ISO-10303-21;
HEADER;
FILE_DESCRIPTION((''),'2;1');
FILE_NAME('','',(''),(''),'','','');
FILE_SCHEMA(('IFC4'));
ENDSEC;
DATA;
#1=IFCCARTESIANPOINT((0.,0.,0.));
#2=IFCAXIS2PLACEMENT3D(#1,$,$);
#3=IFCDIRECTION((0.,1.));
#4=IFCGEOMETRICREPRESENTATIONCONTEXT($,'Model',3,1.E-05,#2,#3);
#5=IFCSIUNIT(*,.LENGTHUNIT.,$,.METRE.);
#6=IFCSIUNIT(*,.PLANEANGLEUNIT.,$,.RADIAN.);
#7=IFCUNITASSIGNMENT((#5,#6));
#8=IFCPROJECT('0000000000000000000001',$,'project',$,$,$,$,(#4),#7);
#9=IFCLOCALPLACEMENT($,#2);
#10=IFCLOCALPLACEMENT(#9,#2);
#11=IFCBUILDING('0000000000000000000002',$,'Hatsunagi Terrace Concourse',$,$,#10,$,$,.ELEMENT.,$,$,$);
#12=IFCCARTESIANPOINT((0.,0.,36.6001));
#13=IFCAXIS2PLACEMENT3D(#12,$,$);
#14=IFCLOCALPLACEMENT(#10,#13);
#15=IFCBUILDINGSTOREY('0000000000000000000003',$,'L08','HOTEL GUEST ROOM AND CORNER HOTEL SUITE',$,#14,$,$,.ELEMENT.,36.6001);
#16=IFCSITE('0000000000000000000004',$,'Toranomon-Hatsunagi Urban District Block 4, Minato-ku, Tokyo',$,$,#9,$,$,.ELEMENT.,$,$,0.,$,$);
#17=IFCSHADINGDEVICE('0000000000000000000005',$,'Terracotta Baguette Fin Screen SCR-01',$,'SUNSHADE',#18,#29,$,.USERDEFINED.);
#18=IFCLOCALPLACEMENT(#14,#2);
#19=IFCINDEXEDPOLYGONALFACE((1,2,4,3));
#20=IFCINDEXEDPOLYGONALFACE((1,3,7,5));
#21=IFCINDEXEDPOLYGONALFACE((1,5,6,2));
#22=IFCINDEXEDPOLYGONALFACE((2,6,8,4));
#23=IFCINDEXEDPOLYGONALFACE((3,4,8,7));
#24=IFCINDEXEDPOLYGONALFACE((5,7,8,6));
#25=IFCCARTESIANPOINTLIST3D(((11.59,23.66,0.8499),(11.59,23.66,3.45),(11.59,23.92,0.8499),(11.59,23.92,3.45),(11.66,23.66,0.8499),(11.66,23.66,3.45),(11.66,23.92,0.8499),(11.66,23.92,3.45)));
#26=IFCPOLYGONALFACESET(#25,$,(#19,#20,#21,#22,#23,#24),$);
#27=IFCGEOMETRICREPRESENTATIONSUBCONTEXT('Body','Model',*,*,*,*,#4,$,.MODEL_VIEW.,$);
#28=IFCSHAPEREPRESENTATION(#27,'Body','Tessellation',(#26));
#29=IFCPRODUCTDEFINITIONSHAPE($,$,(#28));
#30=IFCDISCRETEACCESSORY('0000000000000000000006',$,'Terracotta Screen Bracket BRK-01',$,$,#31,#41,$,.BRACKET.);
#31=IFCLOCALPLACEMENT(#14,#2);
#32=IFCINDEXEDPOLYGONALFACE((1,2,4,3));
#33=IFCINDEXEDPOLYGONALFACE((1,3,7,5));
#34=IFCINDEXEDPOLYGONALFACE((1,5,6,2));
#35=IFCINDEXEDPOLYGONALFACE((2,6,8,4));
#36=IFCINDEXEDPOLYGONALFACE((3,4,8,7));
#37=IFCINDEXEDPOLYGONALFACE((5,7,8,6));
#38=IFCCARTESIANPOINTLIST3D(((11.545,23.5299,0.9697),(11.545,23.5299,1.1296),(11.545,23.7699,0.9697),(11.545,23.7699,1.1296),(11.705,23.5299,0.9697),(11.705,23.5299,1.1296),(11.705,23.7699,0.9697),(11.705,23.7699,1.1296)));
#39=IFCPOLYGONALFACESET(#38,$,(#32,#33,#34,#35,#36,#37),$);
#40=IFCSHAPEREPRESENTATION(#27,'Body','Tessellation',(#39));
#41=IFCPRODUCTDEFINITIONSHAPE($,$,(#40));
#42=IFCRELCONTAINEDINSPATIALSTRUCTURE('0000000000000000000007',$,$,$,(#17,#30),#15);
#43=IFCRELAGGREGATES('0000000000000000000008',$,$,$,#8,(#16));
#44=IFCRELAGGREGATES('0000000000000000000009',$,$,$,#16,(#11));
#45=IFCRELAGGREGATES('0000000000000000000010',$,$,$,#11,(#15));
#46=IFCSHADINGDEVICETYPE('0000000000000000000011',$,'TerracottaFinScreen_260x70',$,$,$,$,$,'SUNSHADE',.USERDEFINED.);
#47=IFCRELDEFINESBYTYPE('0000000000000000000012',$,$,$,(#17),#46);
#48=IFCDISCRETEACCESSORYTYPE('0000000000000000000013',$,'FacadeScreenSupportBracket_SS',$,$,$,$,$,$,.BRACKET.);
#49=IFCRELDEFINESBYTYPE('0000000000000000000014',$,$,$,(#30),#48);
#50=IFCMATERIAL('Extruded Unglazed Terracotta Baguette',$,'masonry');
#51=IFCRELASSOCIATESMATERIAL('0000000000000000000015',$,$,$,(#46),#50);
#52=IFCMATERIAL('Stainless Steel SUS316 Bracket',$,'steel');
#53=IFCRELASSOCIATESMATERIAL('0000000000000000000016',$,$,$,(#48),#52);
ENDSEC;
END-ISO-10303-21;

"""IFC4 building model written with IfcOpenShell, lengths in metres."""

from ifc_helpers import new_model, si_unit, direction, frame, origin, origin_2d, place, context, subcontext, project, spatial, rectangle, extrude, material, type_object, element, save


model = new_model("IFC4")

# Units and contexts
model_context = context("Model", 3, precision=1e-05, world=origin(), true_north=direction((0.0, 1.0)))
body_context = subcontext(model_context, "Body", "Model", "MODEL_VIEW")
ifc_project = project(units=[si_unit("LENGTHUNIT", "METRE"), si_unit("PLANEANGLEUNIT", "RADIAN")], contexts=[model_context])

# Site, building, storey
site_placement = place(None, origin())
site = spatial("IfcSite", under=ifc_project, at=site_placement, Name="Toranomon-Hatsunagi Urban District Block 4, Minato-ku, Tokyo", CompositionType="ELEMENT", RefElevation=0.0)
building_placement = place(site_placement, origin())
building = spatial("IfcBuilding", under=site, at=building_placement, Name="Hatsunagi Terrace Concourse", CompositionType="ELEMENT")
storey_placement = place(building_placement, frame((0.0, 0.0, 36.6001)))
storey = spatial("IfcBuildingStorey", under=building, at=storey_placement, Name="L08", Description="HOTEL GUEST ROOM AND CORNER HOTEL SUITE", CompositionType="ELEMENT", Elevation=36.6001)

# Shading device
ifc_material_1 = material(Name="Extruded Unglazed Terracotta Baguette", Category="masonry")
shading_device_type = type_object("IfcShadingDeviceType", Name="TerracottaFinScreen_260x70", ElementType="SUNSHADE", PredefinedType="USERDEFINED", material=ifc_material_1)
shading_device_placement = place(storey_placement, frame((11.625, 23.79, 0.8499), z_axis=(0.0, 0.0, 1.0), x_axis=(-1.0, 0.0, 0.0)))
element("IfcShadingDevice", 1, at=shading_device_placement, inside=storey, type_object=shading_device_type, Name="Terracotta Baguette Fin Screen SCR-01", ObjectType="SUNSHADE", PredefinedType="USERDEFINED", context=body_context, shape_type="SweptSolid", body=[
    extrude(rectangle(XDim=0.0701, YDim=0.26, at=origin_2d()), origin(), (0.0, 0.0, 1.0), 2.6001),
])

# Discrete accessory
ifc_material_2 = material(Name="Stainless Steel SUS316 Bracket", Category="steel")
discrete_accessory_type = type_object("IfcDiscreteAccessoryType", Name="FacadeScreenSupportBracket_SS", PredefinedType="BRACKET", material=ifc_material_2)
discrete_accessory_placement = place(storey_placement, frame((11.625, 23.6499, 0.9697), z_axis=(0.0, 0.0, 1.0), x_axis=(-1.0, 0.0, 0.0)))
element("IfcDiscreteAccessory", 2, at=discrete_accessory_placement, inside=storey, type_object=discrete_accessory_type, Name="Terracotta Screen Bracket BRK-01", PredefinedType="BRACKET", context=body_context, shape_type="SweptSolid", body=[
    extrude(rectangle(XDim=0.1599, YDim=0.24, at=origin_2d()), origin(), (0.0, 0.0, 1.0), 0.1599),
])

save(model, "model.ifc")
